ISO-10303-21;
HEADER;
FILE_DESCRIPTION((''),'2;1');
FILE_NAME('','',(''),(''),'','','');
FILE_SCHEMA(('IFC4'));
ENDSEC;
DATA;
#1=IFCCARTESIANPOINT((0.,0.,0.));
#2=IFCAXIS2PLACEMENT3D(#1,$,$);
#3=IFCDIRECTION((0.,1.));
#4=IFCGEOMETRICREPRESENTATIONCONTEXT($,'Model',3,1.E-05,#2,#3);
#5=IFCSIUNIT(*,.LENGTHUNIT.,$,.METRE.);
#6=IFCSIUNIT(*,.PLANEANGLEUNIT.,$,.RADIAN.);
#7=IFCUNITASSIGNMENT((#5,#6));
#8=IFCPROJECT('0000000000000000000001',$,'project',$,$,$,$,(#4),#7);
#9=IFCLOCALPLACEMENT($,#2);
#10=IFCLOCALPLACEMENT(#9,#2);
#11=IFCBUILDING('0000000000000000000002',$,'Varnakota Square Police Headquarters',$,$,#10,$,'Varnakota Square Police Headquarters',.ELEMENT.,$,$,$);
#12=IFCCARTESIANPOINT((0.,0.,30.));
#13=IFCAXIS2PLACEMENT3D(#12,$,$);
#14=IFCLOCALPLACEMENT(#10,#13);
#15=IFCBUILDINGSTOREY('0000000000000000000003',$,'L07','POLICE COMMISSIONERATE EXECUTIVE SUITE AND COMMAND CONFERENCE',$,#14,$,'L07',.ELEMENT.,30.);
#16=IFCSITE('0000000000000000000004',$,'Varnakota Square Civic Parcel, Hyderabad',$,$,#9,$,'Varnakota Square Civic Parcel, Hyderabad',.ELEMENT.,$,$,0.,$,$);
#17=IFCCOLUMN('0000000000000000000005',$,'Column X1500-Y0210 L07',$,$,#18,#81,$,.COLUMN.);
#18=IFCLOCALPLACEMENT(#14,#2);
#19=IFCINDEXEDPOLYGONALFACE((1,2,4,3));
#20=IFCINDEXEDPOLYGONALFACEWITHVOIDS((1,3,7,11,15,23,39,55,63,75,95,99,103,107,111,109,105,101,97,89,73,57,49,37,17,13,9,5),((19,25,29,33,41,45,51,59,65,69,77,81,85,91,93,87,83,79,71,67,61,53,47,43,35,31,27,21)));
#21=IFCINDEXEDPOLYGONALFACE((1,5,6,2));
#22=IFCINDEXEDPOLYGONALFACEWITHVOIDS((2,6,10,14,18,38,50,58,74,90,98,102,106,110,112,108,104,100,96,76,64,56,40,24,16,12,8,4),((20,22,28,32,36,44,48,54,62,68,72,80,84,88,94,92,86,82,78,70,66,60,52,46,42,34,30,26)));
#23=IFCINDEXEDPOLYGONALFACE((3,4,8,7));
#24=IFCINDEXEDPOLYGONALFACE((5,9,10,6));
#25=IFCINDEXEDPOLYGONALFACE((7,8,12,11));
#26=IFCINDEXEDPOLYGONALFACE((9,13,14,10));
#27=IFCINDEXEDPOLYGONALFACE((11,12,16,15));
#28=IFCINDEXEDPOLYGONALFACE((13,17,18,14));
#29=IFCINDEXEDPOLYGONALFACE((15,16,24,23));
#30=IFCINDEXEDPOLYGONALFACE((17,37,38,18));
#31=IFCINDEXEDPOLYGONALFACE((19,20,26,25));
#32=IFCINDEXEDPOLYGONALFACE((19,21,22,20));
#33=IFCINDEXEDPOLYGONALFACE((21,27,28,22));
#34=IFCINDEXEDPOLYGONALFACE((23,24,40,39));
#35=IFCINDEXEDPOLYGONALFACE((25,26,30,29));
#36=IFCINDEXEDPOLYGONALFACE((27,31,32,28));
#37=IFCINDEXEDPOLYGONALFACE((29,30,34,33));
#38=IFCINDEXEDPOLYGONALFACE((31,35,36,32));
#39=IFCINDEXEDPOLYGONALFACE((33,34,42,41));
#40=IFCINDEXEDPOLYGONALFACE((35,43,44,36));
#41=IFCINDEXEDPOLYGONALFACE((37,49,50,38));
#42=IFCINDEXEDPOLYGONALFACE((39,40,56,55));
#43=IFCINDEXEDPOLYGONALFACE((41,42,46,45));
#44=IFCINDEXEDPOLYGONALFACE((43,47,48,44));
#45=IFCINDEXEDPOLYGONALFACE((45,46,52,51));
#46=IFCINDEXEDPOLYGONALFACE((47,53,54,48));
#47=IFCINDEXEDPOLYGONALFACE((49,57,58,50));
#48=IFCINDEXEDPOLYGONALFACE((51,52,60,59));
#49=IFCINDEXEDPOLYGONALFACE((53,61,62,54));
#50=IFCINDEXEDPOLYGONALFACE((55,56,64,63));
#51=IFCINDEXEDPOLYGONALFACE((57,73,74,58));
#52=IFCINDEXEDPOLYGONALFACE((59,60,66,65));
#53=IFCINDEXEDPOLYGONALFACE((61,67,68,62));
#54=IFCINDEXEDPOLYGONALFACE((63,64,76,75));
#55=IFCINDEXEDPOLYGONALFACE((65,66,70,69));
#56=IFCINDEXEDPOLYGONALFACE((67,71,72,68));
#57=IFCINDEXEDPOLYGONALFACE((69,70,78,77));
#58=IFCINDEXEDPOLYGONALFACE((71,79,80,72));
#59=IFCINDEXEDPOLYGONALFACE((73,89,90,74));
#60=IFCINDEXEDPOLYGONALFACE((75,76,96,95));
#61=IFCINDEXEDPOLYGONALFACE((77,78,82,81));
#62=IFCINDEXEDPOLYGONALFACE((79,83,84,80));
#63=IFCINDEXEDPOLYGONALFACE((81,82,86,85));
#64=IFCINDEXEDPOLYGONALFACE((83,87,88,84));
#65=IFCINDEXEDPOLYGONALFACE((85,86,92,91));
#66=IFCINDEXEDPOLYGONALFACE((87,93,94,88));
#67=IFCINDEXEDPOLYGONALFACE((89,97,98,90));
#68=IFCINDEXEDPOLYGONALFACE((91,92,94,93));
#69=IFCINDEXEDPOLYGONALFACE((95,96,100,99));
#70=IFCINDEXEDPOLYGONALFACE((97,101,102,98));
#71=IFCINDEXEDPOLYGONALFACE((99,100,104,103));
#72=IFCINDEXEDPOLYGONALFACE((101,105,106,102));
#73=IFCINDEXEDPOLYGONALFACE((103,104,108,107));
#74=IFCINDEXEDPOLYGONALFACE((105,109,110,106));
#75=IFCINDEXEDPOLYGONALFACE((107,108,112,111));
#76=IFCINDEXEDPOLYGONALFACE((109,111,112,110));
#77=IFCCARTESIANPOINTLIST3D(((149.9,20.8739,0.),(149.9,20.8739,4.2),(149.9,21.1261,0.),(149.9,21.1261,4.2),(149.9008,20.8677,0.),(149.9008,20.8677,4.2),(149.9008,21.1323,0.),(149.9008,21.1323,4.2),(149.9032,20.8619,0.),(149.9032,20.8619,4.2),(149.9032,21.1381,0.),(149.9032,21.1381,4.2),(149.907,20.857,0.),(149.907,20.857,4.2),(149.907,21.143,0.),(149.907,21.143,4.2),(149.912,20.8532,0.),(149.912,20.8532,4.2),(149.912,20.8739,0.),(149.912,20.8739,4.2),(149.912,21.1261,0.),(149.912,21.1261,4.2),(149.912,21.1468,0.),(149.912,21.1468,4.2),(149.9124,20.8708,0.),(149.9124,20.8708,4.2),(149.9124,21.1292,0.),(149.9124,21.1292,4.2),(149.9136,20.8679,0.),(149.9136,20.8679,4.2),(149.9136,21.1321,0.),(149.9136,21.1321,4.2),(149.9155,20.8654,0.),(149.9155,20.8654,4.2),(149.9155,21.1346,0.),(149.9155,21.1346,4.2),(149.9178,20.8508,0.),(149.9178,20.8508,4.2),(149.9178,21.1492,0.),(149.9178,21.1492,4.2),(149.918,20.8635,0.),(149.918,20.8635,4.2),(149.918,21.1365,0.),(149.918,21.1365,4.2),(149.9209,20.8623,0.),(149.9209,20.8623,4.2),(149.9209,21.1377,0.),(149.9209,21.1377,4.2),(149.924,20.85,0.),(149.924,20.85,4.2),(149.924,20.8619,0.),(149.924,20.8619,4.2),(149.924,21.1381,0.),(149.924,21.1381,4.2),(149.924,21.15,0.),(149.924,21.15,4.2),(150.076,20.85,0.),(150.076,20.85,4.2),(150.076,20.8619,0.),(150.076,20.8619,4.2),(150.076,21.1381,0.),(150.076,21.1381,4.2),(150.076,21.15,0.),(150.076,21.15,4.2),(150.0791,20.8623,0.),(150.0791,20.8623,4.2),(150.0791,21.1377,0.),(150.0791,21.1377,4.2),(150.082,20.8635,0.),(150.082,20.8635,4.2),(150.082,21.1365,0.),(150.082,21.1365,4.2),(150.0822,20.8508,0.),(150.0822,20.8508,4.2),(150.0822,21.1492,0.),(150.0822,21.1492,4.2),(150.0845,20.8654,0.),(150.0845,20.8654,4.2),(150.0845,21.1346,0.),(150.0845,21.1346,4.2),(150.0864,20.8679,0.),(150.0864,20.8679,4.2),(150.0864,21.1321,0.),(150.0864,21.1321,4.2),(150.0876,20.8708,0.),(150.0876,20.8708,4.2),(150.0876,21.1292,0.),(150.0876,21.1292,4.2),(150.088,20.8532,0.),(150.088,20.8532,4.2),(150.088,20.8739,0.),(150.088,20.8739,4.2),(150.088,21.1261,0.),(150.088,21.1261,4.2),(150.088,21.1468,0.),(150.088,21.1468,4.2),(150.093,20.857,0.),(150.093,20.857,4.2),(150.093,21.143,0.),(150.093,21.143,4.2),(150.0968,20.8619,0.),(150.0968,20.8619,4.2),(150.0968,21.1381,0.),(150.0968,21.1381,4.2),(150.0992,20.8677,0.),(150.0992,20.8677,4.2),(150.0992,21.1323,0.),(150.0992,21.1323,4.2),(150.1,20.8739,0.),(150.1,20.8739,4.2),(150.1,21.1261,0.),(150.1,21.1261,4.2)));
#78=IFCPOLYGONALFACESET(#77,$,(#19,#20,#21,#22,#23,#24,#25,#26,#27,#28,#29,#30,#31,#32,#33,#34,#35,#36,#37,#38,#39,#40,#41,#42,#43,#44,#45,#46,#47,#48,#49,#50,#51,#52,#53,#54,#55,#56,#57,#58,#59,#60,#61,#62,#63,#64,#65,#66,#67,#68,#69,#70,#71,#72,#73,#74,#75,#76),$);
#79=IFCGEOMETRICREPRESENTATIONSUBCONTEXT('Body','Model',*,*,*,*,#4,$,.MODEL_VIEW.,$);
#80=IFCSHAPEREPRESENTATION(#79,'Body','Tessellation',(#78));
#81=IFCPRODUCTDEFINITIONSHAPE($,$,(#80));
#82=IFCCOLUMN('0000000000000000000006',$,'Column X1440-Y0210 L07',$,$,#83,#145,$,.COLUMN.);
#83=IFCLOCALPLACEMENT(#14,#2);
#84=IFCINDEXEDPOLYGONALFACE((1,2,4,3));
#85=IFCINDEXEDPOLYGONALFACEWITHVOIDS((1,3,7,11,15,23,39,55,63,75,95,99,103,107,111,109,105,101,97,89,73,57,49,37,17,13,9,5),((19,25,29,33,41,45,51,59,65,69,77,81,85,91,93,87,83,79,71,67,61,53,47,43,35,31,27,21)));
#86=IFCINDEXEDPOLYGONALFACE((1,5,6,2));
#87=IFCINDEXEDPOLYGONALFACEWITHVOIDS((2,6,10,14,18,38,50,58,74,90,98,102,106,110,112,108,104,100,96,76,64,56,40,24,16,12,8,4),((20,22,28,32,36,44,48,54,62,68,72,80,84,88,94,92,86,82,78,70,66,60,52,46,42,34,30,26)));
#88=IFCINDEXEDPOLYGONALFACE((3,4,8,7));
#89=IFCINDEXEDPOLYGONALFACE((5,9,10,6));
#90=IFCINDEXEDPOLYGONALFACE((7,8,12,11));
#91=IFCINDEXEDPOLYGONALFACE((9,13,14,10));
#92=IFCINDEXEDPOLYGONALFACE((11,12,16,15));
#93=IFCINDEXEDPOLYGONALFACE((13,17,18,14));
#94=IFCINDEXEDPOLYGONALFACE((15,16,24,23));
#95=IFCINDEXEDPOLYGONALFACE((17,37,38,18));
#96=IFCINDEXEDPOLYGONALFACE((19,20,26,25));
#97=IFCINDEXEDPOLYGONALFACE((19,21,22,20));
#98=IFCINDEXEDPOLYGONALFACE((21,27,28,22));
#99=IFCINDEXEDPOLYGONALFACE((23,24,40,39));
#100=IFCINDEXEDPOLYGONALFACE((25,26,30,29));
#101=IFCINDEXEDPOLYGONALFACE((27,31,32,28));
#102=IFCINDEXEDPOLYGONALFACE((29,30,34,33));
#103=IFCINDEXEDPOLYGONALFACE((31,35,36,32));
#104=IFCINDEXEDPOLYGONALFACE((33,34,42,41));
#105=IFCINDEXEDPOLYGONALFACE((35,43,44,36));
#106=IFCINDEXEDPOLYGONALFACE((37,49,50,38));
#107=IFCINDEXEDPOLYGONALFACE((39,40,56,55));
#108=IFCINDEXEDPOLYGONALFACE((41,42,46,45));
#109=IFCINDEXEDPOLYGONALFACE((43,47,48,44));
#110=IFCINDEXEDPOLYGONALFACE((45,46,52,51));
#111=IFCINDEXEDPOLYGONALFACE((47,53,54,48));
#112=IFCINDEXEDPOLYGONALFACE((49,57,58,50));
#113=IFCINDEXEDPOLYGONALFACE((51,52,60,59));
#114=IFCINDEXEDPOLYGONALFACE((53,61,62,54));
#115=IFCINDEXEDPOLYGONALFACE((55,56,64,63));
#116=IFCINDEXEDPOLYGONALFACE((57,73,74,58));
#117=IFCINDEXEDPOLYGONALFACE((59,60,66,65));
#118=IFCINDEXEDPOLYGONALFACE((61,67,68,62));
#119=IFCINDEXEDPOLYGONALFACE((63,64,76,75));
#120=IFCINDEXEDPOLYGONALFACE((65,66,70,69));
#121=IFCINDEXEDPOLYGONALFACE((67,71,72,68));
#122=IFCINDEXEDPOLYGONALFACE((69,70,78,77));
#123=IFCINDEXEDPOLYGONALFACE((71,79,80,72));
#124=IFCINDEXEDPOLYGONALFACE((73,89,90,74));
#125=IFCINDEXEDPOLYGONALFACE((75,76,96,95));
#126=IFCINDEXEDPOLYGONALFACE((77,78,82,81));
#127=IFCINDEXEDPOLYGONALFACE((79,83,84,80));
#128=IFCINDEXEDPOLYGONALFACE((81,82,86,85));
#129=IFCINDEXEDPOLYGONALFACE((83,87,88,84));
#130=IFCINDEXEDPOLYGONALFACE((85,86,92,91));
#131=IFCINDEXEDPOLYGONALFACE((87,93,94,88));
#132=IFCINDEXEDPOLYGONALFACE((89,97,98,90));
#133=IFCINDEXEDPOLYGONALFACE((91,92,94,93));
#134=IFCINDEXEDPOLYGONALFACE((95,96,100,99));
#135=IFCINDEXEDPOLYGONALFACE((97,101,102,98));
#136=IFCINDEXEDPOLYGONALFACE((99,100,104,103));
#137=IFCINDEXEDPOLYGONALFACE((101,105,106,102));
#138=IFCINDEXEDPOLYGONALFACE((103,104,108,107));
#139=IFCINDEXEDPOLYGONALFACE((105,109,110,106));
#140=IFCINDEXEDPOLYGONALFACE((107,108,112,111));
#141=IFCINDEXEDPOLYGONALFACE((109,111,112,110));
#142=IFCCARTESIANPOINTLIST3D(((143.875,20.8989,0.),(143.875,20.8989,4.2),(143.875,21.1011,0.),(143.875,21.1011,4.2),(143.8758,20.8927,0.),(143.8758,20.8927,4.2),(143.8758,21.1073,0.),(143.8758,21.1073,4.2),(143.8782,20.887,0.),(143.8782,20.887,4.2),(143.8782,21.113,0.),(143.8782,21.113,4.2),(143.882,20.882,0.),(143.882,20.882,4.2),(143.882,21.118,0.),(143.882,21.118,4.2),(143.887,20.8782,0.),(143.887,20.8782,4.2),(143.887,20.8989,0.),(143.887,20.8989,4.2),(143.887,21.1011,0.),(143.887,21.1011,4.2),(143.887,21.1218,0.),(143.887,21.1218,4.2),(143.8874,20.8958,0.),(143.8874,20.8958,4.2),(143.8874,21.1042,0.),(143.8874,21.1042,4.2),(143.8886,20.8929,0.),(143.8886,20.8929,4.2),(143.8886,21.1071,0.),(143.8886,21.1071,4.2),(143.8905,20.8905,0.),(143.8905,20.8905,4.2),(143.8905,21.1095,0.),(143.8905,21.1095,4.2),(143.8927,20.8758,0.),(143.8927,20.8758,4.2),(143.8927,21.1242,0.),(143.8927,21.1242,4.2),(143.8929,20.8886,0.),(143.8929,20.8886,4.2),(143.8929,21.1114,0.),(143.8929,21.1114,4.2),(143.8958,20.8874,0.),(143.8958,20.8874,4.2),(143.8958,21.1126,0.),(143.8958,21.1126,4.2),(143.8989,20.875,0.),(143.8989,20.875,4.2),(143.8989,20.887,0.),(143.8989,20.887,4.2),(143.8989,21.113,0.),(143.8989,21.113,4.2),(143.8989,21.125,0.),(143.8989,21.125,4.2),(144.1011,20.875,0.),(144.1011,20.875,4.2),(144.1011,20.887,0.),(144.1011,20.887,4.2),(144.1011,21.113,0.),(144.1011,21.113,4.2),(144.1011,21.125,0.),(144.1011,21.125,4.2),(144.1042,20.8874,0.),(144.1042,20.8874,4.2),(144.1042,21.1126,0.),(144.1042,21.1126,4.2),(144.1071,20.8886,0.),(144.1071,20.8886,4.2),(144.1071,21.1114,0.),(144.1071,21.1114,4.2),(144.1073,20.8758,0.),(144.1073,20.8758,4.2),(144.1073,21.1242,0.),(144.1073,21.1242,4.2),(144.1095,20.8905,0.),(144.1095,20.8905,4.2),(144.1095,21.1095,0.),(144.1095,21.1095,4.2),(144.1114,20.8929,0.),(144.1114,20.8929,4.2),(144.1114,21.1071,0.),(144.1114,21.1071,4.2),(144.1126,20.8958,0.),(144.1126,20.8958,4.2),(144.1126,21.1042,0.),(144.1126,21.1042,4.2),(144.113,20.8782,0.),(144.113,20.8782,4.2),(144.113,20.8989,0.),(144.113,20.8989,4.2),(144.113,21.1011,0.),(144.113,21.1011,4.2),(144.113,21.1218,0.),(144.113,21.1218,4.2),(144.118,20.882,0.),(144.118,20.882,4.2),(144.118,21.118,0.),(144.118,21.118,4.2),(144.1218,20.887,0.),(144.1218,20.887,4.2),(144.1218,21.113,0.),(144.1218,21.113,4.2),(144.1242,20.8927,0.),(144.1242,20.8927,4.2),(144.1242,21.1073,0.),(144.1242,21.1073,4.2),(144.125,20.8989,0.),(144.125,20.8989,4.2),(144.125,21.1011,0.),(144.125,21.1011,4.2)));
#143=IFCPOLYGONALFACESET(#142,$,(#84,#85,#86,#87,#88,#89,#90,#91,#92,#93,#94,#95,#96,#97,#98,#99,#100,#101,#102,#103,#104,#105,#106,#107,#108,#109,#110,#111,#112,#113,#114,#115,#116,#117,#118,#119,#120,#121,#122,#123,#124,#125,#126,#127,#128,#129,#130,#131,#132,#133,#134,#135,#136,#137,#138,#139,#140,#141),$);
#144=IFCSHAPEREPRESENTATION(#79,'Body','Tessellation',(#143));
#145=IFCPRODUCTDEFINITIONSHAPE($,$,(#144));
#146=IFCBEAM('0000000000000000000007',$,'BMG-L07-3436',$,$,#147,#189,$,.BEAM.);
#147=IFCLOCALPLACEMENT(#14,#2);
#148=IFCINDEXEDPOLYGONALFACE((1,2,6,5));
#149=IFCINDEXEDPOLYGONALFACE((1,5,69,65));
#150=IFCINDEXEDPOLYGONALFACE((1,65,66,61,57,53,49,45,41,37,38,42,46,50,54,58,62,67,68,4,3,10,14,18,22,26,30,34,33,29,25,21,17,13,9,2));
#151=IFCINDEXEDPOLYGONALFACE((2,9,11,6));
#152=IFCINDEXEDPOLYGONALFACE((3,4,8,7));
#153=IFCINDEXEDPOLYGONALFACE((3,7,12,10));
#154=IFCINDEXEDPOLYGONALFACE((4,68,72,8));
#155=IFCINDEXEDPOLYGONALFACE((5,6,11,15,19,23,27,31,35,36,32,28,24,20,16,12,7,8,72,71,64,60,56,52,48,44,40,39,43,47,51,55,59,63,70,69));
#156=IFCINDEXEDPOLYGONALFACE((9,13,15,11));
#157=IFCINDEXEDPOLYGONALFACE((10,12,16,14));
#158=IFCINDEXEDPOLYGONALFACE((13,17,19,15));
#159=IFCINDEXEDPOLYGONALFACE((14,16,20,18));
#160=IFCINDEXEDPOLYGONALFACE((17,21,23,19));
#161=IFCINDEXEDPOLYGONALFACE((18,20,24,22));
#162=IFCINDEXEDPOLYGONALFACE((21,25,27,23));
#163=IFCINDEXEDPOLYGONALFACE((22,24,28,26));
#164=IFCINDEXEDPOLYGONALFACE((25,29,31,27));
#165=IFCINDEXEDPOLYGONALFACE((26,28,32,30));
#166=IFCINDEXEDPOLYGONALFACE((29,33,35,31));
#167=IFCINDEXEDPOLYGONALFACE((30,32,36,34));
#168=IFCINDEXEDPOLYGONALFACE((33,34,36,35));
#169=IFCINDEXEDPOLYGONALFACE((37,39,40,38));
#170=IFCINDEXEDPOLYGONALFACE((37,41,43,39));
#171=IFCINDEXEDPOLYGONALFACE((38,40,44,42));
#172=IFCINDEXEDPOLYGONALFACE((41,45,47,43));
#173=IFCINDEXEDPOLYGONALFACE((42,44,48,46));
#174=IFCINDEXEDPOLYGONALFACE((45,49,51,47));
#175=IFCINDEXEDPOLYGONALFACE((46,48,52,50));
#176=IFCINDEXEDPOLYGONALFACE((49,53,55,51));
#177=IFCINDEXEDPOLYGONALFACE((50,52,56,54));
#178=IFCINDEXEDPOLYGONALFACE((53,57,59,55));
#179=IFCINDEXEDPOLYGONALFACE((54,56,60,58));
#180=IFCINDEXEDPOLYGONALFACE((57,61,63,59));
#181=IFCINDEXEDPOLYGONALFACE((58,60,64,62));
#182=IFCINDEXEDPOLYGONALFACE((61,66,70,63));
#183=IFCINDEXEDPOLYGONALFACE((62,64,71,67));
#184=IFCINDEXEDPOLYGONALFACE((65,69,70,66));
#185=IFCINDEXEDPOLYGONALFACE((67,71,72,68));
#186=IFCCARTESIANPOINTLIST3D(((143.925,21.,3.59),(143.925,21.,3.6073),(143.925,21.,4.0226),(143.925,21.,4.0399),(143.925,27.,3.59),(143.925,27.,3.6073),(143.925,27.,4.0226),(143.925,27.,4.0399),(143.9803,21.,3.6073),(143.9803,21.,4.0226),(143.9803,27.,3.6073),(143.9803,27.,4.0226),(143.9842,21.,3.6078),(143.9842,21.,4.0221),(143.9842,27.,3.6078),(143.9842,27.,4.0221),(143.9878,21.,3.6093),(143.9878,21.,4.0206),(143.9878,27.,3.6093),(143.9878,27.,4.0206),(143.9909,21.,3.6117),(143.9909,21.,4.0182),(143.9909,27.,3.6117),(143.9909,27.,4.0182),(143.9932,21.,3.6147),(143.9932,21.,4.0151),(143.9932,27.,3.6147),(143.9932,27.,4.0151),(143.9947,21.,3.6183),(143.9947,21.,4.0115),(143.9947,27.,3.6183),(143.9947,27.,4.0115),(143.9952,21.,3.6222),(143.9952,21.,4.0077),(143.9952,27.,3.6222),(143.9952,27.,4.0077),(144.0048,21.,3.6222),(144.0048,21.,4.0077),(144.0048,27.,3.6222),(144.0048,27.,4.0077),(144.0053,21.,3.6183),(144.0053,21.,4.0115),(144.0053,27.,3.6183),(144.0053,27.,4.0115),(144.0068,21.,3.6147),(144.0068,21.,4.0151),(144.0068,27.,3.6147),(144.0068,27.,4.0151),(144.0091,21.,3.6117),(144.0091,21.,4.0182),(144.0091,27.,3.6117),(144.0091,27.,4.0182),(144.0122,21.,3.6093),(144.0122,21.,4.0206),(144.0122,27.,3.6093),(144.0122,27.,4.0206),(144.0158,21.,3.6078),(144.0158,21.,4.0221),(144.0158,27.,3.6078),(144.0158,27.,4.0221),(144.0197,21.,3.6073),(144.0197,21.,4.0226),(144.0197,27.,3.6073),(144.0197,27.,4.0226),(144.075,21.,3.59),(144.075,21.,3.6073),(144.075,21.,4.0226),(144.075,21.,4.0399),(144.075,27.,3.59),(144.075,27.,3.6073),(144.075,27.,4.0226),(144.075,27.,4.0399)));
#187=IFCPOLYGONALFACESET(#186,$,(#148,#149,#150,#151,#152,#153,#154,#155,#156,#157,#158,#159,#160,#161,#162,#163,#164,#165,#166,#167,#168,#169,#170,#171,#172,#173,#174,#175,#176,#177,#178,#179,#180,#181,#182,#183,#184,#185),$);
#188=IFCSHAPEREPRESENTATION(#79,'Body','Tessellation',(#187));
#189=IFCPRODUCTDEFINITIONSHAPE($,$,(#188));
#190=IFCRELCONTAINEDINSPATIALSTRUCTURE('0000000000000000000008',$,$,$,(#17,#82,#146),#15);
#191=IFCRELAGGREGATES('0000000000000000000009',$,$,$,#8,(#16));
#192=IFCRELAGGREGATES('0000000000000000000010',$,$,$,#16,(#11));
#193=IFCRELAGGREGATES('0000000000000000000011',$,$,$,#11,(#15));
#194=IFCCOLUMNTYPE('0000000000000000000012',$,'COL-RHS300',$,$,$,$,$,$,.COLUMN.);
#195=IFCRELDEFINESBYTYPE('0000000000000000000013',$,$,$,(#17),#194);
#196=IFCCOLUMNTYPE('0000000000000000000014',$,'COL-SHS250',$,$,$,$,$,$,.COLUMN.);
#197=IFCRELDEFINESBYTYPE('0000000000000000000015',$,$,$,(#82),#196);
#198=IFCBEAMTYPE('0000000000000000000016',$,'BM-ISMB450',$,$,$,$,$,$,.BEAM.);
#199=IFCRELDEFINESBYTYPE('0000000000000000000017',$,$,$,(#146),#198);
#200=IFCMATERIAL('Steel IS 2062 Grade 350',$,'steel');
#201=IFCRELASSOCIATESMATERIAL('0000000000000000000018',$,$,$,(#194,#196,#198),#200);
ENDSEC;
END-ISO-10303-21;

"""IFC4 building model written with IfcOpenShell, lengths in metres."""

from ifc_helpers import new_model, si_unit, direction, frame, origin, origin_2d, place, context, subcontext, project, spatial, hollow_rectangle, i_section, extrude, material, material_profile, profile_set, type_object, element, save


model = new_model("IFC4")

# Units and contexts
model_context = context("Model", 3, precision=1e-05, world=origin(), true_north=direction((0.0, 1.0)))
body_context = subcontext(model_context, "Body", "Model", "MODEL_VIEW")
ifc_project = project(units=[si_unit("LENGTHUNIT", "METRE"), si_unit("PLANEANGLEUNIT", "RADIAN")], contexts=[model_context])

# Site, building, storey
site_placement = place(None, origin())
site = spatial("IfcSite", under=ifc_project, at=site_placement, Name="Varnakota Square Civic Parcel, Hyderabad", LongName="Varnakota Square Civic Parcel, Hyderabad", CompositionType="ELEMENT", RefElevation=0.0)
building_placement = place(site_placement, origin())
building = spatial("IfcBuilding", under=site, at=building_placement, Name="Varnakota Square Police Headquarters", LongName="Varnakota Square Police Headquarters", CompositionType="ELEMENT")
storey_placement = place(building_placement, frame((0.0, 0.0, 30.0)))
storey = spatial("IfcBuildingStorey", under=building, at=storey_placement, Name="L07", Description="POLICE COMMISSIONERATE EXECUTIVE SUITE AND COMMAND CONFERENCE", LongName="L07", CompositionType="ELEMENT", Elevation=30.0)

# Columns
ifc_material_1 = material(Name="Steel IS 2062 Grade 350", Category="steel")
ifc_material_profile_1 = material_profile(ifc_material_1, hollow_rectangle(XDim=0.2, YDim=0.3, WallThickness=0.012, InnerFilletRadius=0.012, OuterFilletRadius=0.0239, at=origin_2d()), Name="RHS 300x200x12")
ifc_profile_set_1 = profile_set([ifc_material_profile_1], Name="Steel IS 2062 Grade 350")
column_type_1 = type_object("IfcColumnType", Name="COL-RHS300", PredefinedType="COLUMN", material=ifc_profile_set_1)
column_1_placement = place(storey_placement, frame((150.0, 21.0, 0.0), z_axis=(0.0, 0.0, 1.0), x_axis=(1.0, 0.0, 0.0)))
element("IfcColumn", 1, at=column_1_placement, inside=storey, type_object=column_type_1, Name="Column X1500-Y0210 L07", PredefinedType="COLUMN", context=body_context, shape_type="SweptSolid", body=[
    extrude(hollow_rectangle(XDim=0.2, YDim=0.3, WallThickness=0.012, InnerFilletRadius=0.012, OuterFilletRadius=0.0239, at=origin_2d()), origin(), (0.0, 0.0, 1.0), 4.2),
])
ifc_material_profile_2 = material_profile(ifc_material_1, hollow_rectangle(XDim=0.25, YDim=0.25, WallThickness=0.012, InnerFilletRadius=0.012, OuterFilletRadius=0.0239, at=origin_2d()), Name="SHS 250x250x12")
ifc_profile_set_2 = profile_set([ifc_material_profile_2], Name="Steel IS 2062 Grade 350")
column_type_2 = type_object("IfcColumnType", Name="COL-SHS250", PredefinedType="COLUMN", material=ifc_profile_set_2)
column_2_placement = place(storey_placement, frame((144.0, 21.0, 0.0), z_axis=(0.0, 0.0, 1.0), x_axis=(1.0, 0.0, 0.0)))
element("IfcColumn", 2, at=column_2_placement, inside=storey, type_object=column_type_2, Name="Column X1440-Y0210 L07", PredefinedType="COLUMN", context=body_context, shape_type="SweptSolid", body=[
    extrude(hollow_rectangle(XDim=0.25, YDim=0.25, WallThickness=0.012, InnerFilletRadius=0.012, OuterFilletRadius=0.0239, at=origin_2d()), origin(), (0.0, 0.0, 1.0), 4.2),
])

# Beam
ifc_material_profile_3 = material_profile(ifc_material_1, i_section(OverallWidth=0.1499, OverallDepth=0.45, WebThickness=0.0095, FlangeThickness=0.0173, FilletRadius=0.0149, at=origin_2d()), Name="ISMB 450")
ifc_profile_set_3 = profile_set([ifc_material_profile_3], Name="Steel IS 2062 Grade 350")
beam_type_1 = type_object("IfcBeamType", Name="BM-ISMB450", PredefinedType="BEAM", material=ifc_profile_set_3)
for number, where, z_axis, x_axis, name in (
    (3, (144.0, 21.0, 3.8149), (0.0, 1.0, 0.0), (-1.0, 0.0, 0.0), "BMG-L07-3436"),
):
    element("IfcBeam", number, at=place(storey_placement, frame(where, z_axis=z_axis, x_axis=x_axis)), inside=storey, type_object=beam_type_1, Name=name, PredefinedType="BEAM", context=body_context, shape_type="SweptSolid", body=[
        extrude(i_section(OverallWidth=0.1499, OverallDepth=0.45, WebThickness=0.0095, FlangeThickness=0.0173, FilletRadius=0.0149, at=origin_2d()), origin(), (0.0, 0.0, 1.0), 6.0),
    ])

save(model, "model.ifc")
